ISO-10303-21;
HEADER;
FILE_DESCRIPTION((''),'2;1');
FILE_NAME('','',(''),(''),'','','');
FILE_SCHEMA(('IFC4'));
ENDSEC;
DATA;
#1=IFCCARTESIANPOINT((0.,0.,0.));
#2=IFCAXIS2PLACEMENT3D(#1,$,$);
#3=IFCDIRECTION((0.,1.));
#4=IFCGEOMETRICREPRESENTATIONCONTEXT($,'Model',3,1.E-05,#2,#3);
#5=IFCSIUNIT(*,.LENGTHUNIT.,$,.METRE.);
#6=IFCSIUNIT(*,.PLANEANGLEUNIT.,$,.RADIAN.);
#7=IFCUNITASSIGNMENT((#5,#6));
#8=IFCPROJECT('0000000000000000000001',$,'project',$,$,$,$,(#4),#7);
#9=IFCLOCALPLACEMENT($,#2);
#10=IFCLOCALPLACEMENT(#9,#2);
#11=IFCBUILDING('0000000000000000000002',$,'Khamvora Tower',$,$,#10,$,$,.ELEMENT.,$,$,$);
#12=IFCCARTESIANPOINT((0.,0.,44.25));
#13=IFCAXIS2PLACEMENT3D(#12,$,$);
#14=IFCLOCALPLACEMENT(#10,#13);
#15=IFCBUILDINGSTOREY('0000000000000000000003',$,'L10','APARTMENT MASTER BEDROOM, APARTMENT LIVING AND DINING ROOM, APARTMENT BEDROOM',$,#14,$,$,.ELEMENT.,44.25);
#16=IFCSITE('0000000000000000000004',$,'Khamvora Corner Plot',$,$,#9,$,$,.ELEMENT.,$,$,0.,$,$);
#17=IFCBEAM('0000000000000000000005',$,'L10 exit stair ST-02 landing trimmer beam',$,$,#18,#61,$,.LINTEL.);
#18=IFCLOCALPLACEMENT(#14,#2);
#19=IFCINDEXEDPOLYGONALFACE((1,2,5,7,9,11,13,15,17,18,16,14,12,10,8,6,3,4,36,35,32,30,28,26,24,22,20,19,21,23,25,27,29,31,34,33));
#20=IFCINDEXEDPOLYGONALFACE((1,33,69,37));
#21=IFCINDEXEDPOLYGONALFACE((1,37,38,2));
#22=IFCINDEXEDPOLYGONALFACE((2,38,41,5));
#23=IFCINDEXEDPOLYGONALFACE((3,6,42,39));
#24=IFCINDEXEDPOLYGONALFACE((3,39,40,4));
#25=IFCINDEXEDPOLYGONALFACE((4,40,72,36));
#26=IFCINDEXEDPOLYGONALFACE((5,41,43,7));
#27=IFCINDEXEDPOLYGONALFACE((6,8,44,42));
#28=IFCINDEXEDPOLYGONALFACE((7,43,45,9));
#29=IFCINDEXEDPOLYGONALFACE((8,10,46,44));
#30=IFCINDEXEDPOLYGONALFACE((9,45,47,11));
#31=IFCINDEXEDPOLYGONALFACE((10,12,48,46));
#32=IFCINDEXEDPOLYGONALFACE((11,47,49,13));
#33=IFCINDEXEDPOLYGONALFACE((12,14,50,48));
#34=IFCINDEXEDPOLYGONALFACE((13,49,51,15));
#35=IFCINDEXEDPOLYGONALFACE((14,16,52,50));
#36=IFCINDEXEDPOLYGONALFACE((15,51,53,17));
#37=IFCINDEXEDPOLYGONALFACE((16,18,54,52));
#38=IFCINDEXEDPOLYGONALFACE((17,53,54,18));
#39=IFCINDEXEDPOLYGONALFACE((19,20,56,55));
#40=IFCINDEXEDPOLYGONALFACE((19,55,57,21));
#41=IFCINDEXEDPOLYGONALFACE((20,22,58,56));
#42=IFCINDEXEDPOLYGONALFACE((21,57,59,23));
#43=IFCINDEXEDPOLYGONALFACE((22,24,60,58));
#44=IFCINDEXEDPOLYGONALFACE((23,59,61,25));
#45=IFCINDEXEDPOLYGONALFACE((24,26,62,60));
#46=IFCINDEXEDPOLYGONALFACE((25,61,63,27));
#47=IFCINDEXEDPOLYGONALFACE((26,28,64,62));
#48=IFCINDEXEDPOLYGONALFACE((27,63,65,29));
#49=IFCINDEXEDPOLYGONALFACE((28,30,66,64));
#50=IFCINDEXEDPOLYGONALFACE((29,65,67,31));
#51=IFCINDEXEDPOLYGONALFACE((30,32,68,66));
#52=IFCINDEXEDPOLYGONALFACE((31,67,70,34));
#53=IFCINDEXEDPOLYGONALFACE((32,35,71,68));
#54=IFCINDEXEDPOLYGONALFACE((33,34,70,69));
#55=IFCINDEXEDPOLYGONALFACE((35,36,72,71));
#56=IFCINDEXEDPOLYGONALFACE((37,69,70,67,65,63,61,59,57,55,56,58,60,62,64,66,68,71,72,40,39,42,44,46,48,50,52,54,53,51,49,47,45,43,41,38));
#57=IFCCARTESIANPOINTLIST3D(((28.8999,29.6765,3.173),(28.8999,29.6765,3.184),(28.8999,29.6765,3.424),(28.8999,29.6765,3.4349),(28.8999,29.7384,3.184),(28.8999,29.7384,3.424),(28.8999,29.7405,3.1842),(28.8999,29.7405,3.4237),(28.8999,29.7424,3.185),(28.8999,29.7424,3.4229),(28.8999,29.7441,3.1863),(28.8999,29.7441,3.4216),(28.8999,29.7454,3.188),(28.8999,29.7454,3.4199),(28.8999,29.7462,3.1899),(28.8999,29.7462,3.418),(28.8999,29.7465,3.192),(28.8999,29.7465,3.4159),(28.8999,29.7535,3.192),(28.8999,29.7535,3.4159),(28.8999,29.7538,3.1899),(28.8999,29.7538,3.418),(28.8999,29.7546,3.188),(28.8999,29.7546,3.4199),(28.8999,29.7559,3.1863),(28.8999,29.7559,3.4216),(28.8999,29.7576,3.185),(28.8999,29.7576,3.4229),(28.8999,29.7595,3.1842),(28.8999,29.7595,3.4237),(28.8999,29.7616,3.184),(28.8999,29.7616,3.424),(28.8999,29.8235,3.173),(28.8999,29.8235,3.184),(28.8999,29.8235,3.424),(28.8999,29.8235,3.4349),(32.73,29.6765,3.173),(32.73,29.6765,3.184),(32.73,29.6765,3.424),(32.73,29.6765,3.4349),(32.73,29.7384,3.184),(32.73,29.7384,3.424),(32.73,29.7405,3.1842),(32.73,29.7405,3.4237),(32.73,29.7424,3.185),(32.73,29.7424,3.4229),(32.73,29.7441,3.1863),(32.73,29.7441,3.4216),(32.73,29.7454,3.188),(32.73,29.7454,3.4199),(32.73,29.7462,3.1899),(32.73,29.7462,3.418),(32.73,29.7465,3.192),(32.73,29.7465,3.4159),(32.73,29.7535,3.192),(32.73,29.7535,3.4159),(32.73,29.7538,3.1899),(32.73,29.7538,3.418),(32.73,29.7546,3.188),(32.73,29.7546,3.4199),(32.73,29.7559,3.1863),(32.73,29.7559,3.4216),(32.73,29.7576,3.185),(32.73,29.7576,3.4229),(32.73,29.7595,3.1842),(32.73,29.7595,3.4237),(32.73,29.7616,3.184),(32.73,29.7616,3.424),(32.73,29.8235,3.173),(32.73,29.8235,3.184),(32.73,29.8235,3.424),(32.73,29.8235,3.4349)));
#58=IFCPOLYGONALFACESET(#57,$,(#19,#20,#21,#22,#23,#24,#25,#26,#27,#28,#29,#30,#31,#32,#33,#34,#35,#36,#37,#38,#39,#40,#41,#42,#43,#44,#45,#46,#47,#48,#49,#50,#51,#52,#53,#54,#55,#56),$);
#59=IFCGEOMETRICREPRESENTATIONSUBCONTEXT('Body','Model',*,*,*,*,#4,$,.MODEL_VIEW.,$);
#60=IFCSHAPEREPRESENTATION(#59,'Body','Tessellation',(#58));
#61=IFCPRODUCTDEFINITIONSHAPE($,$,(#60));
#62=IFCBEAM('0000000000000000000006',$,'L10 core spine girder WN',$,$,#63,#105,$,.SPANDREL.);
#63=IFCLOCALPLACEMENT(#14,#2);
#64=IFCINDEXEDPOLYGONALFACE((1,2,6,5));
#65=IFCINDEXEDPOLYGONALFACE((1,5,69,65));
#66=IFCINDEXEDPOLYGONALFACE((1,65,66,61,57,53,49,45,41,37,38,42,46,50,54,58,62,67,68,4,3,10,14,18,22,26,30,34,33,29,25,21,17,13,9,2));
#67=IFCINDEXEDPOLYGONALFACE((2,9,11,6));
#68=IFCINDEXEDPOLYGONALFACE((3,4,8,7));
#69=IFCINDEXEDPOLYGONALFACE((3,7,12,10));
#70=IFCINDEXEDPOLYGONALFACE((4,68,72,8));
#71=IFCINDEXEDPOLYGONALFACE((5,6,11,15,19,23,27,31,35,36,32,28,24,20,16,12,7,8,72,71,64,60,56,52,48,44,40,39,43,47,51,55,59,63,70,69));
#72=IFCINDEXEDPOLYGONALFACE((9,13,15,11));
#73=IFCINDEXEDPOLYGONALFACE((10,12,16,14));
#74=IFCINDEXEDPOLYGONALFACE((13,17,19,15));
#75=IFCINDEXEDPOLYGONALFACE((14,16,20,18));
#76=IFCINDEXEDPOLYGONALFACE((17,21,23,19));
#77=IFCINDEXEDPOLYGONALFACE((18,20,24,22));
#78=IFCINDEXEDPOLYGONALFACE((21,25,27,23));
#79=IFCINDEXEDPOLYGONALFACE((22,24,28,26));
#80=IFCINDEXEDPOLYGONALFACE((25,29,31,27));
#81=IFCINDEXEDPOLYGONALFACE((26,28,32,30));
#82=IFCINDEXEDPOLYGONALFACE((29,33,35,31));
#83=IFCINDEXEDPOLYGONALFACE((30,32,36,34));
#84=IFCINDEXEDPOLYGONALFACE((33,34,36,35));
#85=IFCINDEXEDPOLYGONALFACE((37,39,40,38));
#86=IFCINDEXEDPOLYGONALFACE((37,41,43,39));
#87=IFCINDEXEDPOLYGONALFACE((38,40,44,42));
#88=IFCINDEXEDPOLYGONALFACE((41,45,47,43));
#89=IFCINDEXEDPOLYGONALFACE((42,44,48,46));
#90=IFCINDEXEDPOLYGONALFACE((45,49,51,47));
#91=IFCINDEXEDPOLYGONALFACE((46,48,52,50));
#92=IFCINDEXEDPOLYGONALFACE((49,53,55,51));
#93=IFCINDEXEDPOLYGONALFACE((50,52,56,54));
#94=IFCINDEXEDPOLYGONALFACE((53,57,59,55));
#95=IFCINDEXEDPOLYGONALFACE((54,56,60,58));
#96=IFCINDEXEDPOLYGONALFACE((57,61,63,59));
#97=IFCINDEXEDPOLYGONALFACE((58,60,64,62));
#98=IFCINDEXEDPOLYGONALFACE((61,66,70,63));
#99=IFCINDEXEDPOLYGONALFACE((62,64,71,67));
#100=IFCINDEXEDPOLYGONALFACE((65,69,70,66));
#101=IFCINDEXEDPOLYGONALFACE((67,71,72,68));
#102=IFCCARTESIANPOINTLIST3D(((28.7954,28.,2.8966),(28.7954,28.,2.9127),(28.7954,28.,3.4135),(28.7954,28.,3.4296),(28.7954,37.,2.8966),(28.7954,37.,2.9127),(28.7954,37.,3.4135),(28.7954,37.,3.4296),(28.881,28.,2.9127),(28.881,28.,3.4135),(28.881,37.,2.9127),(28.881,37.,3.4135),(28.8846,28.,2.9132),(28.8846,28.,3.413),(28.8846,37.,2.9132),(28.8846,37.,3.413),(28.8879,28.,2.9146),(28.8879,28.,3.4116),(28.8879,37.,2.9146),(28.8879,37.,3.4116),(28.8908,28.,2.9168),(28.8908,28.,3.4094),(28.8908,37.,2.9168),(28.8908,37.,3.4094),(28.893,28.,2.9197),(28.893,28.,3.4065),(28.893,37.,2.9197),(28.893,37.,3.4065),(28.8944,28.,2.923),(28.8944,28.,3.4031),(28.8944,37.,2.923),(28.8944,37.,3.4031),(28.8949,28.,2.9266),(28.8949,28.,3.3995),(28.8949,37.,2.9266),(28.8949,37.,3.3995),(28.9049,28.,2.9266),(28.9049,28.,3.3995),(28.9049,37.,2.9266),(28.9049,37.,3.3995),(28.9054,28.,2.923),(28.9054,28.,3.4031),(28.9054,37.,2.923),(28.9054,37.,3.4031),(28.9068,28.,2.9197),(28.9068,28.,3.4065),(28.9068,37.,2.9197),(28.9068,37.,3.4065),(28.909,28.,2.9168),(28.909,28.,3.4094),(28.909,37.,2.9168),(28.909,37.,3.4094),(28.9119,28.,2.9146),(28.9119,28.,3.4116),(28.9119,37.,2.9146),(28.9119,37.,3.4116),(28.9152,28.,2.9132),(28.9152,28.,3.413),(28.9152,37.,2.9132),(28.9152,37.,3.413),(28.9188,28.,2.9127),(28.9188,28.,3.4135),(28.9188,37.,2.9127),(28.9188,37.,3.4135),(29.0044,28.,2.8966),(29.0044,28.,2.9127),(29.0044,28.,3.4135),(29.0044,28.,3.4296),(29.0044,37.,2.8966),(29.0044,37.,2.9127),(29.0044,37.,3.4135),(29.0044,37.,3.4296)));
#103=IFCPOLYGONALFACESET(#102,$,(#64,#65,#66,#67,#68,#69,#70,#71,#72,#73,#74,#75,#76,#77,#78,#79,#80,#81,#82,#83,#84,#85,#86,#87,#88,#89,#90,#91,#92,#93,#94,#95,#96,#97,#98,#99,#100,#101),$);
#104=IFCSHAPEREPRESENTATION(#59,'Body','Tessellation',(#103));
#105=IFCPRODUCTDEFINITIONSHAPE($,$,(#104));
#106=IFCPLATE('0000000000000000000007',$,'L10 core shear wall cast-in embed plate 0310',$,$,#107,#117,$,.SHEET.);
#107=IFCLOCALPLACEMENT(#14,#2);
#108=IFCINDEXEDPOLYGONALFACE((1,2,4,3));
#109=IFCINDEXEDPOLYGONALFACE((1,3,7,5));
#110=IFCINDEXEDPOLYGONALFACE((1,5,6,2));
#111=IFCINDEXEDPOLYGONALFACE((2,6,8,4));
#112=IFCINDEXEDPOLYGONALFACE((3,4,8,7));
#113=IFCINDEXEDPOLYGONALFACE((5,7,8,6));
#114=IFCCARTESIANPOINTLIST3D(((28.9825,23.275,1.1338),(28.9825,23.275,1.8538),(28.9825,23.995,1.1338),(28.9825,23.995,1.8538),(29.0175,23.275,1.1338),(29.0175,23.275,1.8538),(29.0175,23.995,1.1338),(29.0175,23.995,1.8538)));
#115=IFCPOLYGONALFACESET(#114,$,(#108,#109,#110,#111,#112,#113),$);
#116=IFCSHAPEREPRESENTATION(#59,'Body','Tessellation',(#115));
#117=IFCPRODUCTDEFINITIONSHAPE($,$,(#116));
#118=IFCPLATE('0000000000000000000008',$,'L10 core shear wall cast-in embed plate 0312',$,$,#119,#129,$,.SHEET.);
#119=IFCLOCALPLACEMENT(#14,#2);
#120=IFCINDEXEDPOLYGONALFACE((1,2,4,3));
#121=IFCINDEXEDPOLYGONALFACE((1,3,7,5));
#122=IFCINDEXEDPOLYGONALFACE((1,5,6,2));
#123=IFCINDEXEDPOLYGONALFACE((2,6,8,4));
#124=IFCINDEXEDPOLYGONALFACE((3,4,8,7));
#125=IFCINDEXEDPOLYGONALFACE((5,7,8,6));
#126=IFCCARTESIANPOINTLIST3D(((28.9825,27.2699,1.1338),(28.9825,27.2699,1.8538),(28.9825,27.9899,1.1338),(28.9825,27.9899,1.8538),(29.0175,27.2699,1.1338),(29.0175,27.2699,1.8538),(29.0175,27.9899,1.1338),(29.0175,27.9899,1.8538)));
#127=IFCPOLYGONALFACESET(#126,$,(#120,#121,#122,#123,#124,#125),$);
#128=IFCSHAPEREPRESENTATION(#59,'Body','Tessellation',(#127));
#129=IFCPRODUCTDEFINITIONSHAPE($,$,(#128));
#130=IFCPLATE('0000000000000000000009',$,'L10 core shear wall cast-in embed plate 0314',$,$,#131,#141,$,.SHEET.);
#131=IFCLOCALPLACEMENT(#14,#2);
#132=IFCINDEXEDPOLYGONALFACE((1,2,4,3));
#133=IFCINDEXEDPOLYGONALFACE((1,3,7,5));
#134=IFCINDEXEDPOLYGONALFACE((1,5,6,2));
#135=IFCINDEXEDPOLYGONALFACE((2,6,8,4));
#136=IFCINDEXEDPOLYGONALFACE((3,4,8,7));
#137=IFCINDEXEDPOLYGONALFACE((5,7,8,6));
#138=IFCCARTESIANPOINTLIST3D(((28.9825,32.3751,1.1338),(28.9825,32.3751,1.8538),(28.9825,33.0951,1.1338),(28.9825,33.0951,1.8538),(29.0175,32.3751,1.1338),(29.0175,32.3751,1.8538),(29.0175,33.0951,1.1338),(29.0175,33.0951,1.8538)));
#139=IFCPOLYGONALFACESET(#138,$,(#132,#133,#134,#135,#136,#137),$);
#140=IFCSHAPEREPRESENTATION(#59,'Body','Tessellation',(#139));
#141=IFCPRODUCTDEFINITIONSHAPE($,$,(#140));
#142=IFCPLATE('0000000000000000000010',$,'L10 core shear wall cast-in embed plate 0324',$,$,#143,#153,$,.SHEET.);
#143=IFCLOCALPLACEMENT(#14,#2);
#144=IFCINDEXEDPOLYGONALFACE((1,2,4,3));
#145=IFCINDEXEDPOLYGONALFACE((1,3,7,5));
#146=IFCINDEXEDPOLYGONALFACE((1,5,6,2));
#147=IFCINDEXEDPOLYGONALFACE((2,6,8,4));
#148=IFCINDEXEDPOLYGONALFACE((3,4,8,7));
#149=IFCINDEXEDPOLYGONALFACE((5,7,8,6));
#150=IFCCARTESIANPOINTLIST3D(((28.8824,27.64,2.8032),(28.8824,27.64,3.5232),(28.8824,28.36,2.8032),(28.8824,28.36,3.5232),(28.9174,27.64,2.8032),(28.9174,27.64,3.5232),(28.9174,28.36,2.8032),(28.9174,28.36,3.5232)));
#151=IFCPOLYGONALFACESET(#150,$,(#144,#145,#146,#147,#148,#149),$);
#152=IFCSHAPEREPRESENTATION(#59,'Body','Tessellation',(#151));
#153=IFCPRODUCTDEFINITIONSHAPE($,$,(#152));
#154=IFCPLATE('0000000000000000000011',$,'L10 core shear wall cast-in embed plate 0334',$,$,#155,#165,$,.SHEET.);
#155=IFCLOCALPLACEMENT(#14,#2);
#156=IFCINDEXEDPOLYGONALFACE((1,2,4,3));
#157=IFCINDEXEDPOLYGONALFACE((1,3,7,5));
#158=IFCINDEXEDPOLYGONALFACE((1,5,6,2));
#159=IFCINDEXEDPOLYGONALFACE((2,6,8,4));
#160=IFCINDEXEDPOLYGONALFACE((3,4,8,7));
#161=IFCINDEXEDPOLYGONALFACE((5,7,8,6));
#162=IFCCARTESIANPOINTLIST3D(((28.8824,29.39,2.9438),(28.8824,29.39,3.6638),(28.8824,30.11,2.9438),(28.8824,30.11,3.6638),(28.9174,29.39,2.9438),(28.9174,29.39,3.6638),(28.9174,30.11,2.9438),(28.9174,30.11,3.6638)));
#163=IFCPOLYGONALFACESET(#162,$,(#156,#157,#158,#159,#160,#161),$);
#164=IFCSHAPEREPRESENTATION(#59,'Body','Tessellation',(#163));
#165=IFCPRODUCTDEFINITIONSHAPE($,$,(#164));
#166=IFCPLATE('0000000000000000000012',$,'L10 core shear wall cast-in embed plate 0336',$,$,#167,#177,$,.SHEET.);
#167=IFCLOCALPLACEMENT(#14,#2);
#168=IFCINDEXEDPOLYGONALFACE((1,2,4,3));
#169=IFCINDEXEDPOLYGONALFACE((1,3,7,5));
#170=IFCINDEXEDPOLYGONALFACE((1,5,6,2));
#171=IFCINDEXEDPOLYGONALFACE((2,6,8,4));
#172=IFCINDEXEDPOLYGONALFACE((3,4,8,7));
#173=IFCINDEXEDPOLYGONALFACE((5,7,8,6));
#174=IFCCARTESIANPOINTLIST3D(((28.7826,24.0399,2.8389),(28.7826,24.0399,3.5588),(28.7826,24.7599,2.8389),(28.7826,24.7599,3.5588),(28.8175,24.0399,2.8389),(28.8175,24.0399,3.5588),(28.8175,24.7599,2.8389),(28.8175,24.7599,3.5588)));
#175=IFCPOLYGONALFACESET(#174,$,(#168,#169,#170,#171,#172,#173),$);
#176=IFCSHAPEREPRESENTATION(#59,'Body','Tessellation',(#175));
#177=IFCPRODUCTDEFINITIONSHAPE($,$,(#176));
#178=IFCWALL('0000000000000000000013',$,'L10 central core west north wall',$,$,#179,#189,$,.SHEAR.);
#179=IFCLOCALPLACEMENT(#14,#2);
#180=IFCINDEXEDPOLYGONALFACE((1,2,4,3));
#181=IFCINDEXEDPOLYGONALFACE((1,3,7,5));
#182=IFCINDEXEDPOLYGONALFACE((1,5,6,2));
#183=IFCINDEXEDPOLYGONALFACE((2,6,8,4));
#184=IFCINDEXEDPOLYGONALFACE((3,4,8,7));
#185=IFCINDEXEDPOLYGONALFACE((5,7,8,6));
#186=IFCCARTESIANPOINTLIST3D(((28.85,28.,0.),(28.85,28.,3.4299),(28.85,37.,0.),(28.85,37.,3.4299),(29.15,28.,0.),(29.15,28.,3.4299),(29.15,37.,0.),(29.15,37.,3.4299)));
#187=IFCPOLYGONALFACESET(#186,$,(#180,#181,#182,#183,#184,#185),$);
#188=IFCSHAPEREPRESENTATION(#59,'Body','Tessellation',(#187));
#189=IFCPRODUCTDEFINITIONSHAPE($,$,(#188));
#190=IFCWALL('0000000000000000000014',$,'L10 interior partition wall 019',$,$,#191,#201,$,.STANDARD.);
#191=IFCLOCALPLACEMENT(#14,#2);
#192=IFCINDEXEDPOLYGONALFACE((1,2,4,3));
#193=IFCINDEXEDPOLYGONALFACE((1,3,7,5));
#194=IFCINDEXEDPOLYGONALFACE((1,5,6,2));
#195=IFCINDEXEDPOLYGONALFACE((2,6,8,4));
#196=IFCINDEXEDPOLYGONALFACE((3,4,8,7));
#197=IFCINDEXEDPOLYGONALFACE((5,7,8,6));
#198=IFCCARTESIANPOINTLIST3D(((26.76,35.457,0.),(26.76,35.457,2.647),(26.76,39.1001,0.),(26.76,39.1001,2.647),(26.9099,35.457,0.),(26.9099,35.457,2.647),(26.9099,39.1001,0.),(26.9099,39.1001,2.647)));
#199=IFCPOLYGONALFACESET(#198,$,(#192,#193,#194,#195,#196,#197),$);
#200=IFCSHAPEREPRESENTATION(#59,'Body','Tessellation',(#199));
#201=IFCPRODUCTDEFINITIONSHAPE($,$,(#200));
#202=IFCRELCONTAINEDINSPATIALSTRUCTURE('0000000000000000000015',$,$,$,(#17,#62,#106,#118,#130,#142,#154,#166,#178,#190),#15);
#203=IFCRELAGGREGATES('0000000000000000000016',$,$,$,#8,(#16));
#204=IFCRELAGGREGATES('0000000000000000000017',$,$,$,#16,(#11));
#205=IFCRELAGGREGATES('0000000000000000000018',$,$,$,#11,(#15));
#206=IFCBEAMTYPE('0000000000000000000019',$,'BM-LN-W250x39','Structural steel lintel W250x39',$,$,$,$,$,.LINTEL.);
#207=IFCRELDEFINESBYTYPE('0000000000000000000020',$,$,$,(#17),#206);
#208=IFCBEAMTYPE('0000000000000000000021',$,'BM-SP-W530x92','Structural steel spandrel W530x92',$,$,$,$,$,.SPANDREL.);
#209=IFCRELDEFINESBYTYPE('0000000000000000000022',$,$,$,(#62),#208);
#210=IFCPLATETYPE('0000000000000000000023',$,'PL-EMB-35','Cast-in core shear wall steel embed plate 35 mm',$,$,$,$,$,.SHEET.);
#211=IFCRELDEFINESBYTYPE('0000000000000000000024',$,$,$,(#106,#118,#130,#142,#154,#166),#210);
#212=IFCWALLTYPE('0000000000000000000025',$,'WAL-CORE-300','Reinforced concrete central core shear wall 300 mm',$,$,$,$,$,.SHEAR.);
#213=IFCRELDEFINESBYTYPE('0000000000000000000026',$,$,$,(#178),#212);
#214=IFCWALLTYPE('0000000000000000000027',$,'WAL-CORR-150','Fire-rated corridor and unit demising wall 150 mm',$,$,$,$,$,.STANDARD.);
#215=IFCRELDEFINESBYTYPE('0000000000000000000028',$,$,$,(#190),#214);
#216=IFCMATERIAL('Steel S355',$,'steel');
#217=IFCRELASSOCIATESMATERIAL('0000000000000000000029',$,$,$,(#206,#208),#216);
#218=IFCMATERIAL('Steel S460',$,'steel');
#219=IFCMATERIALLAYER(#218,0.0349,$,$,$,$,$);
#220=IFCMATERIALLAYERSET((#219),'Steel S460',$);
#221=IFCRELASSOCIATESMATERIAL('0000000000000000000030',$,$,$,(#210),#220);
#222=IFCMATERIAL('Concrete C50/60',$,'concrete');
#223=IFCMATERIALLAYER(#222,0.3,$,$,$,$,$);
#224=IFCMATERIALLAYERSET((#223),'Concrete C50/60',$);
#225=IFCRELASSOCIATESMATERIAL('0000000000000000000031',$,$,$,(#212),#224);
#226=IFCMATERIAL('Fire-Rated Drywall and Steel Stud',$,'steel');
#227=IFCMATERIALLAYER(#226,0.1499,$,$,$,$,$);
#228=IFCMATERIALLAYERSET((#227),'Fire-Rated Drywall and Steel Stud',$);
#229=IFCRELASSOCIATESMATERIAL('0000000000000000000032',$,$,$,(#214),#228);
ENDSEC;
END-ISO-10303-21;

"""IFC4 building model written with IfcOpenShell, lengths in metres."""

from ifc_helpers import new_model, si_unit, direction, frame, frame_2d, origin, origin_2d, place, context, subcontext, project, spatial, rectangle, i_section, extrude, material, layer, layer_set, material_profile, profile_set, type_object, element, save


model = new_model("IFC4")

# Units and contexts
model_context = context("Model", 3, precision=1e-05, world=origin(), true_north=direction((0.0, 1.0)))
body_context = subcontext(model_context, "Body", "Model", "MODEL_VIEW")
ifc_project = project(units=[si_unit("LENGTHUNIT", "METRE"), si_unit("PLANEANGLEUNIT", "RADIAN")], contexts=[model_context])

# Site, building, storey
site_placement = place(None, origin())
site = spatial("IfcSite", under=ifc_project, at=site_placement, Name="Khamvora Corner Plot", CompositionType="ELEMENT", RefElevation=0.0)
building_placement = place(site_placement, origin())
building = spatial("IfcBuilding", under=site, at=building_placement, Name="Khamvora Tower", CompositionType="ELEMENT")
storey_placement = place(building_placement, frame((0.0, 0.0, 44.25)))
storey = spatial("IfcBuildingStorey", under=building, at=storey_placement, Name="L10", Description="APARTMENT MASTER BEDROOM, APARTMENT LIVING AND DINING ROOM, APARTMENT BEDROOM", CompositionType="ELEMENT", Elevation=44.25)

# Shared definitions
ifc_material_1 = material(Name="Steel S460", Category="steel")

# Beams
ifc_material_2 = material(Name="Steel S355", Category="steel")
ifc_material_profile_1 = material_profile(ifc_material_2, i_section(OverallWidth=0.147, OverallDepth=0.262, WebThickness=0.0071, FlangeThickness=0.011, FilletRadius=0.0081, at=origin_2d()), Name="W250x39")
ifc_profile_set_1 = profile_set([ifc_material_profile_1], Name="Steel S355")
beam_type_1 = type_object("IfcBeamType", Name="BM-LN-W250x39", Description="Structural steel lintel W250x39", PredefinedType="LINTEL", material=ifc_profile_set_1)
beam_1_placement = place(storey_placement, frame((28.8999, 29.75, 3.304), z_axis=(1.0, 0.0, 0.0), x_axis=(0.0, 1.0, 0.0)))
element("IfcBeam", 1, at=beam_1_placement, inside=storey, type_object=beam_type_1, Name="L10 exit stair ST-02 landing trimmer beam", PredefinedType="LINTEL", context=body_context, shape_type="SweptSolid", body=[
    extrude(i_section(OverallWidth=0.147, OverallDepth=0.262, WebThickness=0.0071, FlangeThickness=0.011, FilletRadius=0.0081, at=origin_2d()), origin(), (0.0, 0.0, 1.0), 3.8301),
])
ifc_material_profile_2 = material_profile(ifc_material_2, i_section(OverallWidth=0.209, OverallDepth=0.533, WebThickness=0.01, FlangeThickness=0.0161, FilletRadius=0.0139, at=origin_2d()), Name="W530x92")
ifc_profile_set_2 = profile_set([ifc_material_profile_2], Name="Steel S355")
beam_type_2 = type_object("IfcBeamType", Name="BM-SP-W530x92", Description="Structural steel spandrel W530x92", PredefinedType="SPANDREL", material=ifc_profile_set_2)
beam_2_placement = place(storey_placement, frame((28.8999, 28.0, 3.1631), z_axis=(0.0, 1.0, 0.0), x_axis=(-1.0, 0.0, 0.0)))
element("IfcBeam", 2, at=beam_2_placement, inside=storey, type_object=beam_type_2, Name="L10 core spine girder WN", PredefinedType="SPANDREL", context=body_context, shape_type="SweptSolid", body=[
    extrude(i_section(OverallWidth=0.209, OverallDepth=0.533, WebThickness=0.01, FlangeThickness=0.0161, FilletRadius=0.0139, at=origin_2d()), origin(), (0.0, 0.0, 1.0), 9.0),
])

# Plates
ifc_layer_1 = layer(ifc_material_1, 0.0349)
ifc_layer_set_1 = layer_set([ifc_layer_1], Name="Steel S460")
plate_type = type_object("IfcPlateType", Name="PL-EMB-35", Description="Cast-in core shear wall steel embed plate 35 mm", PredefinedType="SHEET", material=ifc_layer_set_1)
for number, where, z_axis, x_axis, name in (
    (3, (29.0, 23.635, 1.1338), (0.0, 0.0, 1.0), (1.0, 0.0, 0.0), "L10 core shear wall cast-in embed plate 0310"),
    (4, (29.0, 27.6299, 1.1338), (0.0, 0.0, 1.0), (1.0, 0.0, 0.0), "L10 core shear wall cast-in embed plate 0312"),
    (5, (29.0, 32.7351, 1.1338), (0.0, 0.0, 1.0), (1.0, 0.0, 0.0), "L10 core shear wall cast-in embed plate 0314"),
    (6, (28.8999, 28.0, 2.8032), (0.0, 0.0, 1.0), (1.0, 0.0, 0.0), "L10 core shear wall cast-in embed plate 0324"),
    (7, (28.8999, 29.75, 2.9438), (0.0, 0.0, 1.0), (1.0, 0.0, 0.0), "L10 core shear wall cast-in embed plate 0334"),
    (8, (28.8, 24.3999, 2.8389), (0.0, 0.0, 1.0), (1.0, 0.0, 0.0), "L10 core shear wall cast-in embed plate 0336"),
):
    element("IfcPlate", number, at=place(storey_placement, frame(where, z_axis=z_axis, x_axis=x_axis)), inside=storey, type_object=plate_type, Name=name, PredefinedType="SHEET", context=body_context, shape_type="SweptSolid", body=[
        extrude(rectangle(XDim=0.0349, YDim=0.72, at=origin_2d()), origin(), (0.0, 0.0, 1.0), 0.72),
    ])

# Walls
ifc_material_3 = material(Name="Concrete C50/60", Category="concrete")
ifc_layer_2 = layer(ifc_material_3, 0.3)
ifc_layer_set_2 = layer_set([ifc_layer_2], Name="Concrete C50/60")
wall_type_1 = type_object("IfcWallType", Name="WAL-CORE-300", Description="Reinforced concrete central core shear wall 300 mm", PredefinedType="SHEAR", material=ifc_layer_set_2)
wall_1_placement = place(storey_placement, frame((29.0, 28.0, 0.0), z_axis=(0.0, 0.0, 1.0), x_axis=(0.0, 1.0, 0.0)))
element("IfcWall", 9, at=wall_1_placement, inside=storey, type_object=wall_type_1, Name="L10 central core west north wall", PredefinedType="SHEAR", context=body_context, shape_type="SweptSolid", body=[
    extrude(rectangle(XDim=9.0, YDim=0.3, at=frame_2d((4.5, 0.0))), origin(), (0.0, 0.0, 1.0), 3.4299),
])
ifc_material_4 = material(Name="Fire-Rated Drywall and Steel Stud", Category="steel")
ifc_layer_3 = layer(ifc_material_4, 0.1499)
ifc_layer_set_3 = layer_set([ifc_layer_3], Name="Fire-Rated Drywall and Steel Stud")
wall_type_2 = type_object("IfcWallType", Name="WAL-CORR-150", Description="Fire-rated corridor and unit demising wall 150 mm", PredefinedType="STANDARD", material=ifc_layer_set_3)
wall_2_placement = place(storey_placement, frame((26.835, 35.457, 0.0), z_axis=(0.0, 0.0, 1.0), x_axis=(0.0, 1.0, 0.0)))
element("IfcWall", 10, at=wall_2_placement, inside=storey, type_object=wall_type_2, Name="L10 interior partition wall 019", PredefinedType="STANDARD", context=body_context, shape_type="SweptSolid", body=[
    extrude(rectangle(XDim=3.6431, YDim=0.1499, at=frame_2d((1.8215, 0.0))), origin(), (0.0, 0.0, 1.0), 2.647),
])

save(model, "model.ifc")
